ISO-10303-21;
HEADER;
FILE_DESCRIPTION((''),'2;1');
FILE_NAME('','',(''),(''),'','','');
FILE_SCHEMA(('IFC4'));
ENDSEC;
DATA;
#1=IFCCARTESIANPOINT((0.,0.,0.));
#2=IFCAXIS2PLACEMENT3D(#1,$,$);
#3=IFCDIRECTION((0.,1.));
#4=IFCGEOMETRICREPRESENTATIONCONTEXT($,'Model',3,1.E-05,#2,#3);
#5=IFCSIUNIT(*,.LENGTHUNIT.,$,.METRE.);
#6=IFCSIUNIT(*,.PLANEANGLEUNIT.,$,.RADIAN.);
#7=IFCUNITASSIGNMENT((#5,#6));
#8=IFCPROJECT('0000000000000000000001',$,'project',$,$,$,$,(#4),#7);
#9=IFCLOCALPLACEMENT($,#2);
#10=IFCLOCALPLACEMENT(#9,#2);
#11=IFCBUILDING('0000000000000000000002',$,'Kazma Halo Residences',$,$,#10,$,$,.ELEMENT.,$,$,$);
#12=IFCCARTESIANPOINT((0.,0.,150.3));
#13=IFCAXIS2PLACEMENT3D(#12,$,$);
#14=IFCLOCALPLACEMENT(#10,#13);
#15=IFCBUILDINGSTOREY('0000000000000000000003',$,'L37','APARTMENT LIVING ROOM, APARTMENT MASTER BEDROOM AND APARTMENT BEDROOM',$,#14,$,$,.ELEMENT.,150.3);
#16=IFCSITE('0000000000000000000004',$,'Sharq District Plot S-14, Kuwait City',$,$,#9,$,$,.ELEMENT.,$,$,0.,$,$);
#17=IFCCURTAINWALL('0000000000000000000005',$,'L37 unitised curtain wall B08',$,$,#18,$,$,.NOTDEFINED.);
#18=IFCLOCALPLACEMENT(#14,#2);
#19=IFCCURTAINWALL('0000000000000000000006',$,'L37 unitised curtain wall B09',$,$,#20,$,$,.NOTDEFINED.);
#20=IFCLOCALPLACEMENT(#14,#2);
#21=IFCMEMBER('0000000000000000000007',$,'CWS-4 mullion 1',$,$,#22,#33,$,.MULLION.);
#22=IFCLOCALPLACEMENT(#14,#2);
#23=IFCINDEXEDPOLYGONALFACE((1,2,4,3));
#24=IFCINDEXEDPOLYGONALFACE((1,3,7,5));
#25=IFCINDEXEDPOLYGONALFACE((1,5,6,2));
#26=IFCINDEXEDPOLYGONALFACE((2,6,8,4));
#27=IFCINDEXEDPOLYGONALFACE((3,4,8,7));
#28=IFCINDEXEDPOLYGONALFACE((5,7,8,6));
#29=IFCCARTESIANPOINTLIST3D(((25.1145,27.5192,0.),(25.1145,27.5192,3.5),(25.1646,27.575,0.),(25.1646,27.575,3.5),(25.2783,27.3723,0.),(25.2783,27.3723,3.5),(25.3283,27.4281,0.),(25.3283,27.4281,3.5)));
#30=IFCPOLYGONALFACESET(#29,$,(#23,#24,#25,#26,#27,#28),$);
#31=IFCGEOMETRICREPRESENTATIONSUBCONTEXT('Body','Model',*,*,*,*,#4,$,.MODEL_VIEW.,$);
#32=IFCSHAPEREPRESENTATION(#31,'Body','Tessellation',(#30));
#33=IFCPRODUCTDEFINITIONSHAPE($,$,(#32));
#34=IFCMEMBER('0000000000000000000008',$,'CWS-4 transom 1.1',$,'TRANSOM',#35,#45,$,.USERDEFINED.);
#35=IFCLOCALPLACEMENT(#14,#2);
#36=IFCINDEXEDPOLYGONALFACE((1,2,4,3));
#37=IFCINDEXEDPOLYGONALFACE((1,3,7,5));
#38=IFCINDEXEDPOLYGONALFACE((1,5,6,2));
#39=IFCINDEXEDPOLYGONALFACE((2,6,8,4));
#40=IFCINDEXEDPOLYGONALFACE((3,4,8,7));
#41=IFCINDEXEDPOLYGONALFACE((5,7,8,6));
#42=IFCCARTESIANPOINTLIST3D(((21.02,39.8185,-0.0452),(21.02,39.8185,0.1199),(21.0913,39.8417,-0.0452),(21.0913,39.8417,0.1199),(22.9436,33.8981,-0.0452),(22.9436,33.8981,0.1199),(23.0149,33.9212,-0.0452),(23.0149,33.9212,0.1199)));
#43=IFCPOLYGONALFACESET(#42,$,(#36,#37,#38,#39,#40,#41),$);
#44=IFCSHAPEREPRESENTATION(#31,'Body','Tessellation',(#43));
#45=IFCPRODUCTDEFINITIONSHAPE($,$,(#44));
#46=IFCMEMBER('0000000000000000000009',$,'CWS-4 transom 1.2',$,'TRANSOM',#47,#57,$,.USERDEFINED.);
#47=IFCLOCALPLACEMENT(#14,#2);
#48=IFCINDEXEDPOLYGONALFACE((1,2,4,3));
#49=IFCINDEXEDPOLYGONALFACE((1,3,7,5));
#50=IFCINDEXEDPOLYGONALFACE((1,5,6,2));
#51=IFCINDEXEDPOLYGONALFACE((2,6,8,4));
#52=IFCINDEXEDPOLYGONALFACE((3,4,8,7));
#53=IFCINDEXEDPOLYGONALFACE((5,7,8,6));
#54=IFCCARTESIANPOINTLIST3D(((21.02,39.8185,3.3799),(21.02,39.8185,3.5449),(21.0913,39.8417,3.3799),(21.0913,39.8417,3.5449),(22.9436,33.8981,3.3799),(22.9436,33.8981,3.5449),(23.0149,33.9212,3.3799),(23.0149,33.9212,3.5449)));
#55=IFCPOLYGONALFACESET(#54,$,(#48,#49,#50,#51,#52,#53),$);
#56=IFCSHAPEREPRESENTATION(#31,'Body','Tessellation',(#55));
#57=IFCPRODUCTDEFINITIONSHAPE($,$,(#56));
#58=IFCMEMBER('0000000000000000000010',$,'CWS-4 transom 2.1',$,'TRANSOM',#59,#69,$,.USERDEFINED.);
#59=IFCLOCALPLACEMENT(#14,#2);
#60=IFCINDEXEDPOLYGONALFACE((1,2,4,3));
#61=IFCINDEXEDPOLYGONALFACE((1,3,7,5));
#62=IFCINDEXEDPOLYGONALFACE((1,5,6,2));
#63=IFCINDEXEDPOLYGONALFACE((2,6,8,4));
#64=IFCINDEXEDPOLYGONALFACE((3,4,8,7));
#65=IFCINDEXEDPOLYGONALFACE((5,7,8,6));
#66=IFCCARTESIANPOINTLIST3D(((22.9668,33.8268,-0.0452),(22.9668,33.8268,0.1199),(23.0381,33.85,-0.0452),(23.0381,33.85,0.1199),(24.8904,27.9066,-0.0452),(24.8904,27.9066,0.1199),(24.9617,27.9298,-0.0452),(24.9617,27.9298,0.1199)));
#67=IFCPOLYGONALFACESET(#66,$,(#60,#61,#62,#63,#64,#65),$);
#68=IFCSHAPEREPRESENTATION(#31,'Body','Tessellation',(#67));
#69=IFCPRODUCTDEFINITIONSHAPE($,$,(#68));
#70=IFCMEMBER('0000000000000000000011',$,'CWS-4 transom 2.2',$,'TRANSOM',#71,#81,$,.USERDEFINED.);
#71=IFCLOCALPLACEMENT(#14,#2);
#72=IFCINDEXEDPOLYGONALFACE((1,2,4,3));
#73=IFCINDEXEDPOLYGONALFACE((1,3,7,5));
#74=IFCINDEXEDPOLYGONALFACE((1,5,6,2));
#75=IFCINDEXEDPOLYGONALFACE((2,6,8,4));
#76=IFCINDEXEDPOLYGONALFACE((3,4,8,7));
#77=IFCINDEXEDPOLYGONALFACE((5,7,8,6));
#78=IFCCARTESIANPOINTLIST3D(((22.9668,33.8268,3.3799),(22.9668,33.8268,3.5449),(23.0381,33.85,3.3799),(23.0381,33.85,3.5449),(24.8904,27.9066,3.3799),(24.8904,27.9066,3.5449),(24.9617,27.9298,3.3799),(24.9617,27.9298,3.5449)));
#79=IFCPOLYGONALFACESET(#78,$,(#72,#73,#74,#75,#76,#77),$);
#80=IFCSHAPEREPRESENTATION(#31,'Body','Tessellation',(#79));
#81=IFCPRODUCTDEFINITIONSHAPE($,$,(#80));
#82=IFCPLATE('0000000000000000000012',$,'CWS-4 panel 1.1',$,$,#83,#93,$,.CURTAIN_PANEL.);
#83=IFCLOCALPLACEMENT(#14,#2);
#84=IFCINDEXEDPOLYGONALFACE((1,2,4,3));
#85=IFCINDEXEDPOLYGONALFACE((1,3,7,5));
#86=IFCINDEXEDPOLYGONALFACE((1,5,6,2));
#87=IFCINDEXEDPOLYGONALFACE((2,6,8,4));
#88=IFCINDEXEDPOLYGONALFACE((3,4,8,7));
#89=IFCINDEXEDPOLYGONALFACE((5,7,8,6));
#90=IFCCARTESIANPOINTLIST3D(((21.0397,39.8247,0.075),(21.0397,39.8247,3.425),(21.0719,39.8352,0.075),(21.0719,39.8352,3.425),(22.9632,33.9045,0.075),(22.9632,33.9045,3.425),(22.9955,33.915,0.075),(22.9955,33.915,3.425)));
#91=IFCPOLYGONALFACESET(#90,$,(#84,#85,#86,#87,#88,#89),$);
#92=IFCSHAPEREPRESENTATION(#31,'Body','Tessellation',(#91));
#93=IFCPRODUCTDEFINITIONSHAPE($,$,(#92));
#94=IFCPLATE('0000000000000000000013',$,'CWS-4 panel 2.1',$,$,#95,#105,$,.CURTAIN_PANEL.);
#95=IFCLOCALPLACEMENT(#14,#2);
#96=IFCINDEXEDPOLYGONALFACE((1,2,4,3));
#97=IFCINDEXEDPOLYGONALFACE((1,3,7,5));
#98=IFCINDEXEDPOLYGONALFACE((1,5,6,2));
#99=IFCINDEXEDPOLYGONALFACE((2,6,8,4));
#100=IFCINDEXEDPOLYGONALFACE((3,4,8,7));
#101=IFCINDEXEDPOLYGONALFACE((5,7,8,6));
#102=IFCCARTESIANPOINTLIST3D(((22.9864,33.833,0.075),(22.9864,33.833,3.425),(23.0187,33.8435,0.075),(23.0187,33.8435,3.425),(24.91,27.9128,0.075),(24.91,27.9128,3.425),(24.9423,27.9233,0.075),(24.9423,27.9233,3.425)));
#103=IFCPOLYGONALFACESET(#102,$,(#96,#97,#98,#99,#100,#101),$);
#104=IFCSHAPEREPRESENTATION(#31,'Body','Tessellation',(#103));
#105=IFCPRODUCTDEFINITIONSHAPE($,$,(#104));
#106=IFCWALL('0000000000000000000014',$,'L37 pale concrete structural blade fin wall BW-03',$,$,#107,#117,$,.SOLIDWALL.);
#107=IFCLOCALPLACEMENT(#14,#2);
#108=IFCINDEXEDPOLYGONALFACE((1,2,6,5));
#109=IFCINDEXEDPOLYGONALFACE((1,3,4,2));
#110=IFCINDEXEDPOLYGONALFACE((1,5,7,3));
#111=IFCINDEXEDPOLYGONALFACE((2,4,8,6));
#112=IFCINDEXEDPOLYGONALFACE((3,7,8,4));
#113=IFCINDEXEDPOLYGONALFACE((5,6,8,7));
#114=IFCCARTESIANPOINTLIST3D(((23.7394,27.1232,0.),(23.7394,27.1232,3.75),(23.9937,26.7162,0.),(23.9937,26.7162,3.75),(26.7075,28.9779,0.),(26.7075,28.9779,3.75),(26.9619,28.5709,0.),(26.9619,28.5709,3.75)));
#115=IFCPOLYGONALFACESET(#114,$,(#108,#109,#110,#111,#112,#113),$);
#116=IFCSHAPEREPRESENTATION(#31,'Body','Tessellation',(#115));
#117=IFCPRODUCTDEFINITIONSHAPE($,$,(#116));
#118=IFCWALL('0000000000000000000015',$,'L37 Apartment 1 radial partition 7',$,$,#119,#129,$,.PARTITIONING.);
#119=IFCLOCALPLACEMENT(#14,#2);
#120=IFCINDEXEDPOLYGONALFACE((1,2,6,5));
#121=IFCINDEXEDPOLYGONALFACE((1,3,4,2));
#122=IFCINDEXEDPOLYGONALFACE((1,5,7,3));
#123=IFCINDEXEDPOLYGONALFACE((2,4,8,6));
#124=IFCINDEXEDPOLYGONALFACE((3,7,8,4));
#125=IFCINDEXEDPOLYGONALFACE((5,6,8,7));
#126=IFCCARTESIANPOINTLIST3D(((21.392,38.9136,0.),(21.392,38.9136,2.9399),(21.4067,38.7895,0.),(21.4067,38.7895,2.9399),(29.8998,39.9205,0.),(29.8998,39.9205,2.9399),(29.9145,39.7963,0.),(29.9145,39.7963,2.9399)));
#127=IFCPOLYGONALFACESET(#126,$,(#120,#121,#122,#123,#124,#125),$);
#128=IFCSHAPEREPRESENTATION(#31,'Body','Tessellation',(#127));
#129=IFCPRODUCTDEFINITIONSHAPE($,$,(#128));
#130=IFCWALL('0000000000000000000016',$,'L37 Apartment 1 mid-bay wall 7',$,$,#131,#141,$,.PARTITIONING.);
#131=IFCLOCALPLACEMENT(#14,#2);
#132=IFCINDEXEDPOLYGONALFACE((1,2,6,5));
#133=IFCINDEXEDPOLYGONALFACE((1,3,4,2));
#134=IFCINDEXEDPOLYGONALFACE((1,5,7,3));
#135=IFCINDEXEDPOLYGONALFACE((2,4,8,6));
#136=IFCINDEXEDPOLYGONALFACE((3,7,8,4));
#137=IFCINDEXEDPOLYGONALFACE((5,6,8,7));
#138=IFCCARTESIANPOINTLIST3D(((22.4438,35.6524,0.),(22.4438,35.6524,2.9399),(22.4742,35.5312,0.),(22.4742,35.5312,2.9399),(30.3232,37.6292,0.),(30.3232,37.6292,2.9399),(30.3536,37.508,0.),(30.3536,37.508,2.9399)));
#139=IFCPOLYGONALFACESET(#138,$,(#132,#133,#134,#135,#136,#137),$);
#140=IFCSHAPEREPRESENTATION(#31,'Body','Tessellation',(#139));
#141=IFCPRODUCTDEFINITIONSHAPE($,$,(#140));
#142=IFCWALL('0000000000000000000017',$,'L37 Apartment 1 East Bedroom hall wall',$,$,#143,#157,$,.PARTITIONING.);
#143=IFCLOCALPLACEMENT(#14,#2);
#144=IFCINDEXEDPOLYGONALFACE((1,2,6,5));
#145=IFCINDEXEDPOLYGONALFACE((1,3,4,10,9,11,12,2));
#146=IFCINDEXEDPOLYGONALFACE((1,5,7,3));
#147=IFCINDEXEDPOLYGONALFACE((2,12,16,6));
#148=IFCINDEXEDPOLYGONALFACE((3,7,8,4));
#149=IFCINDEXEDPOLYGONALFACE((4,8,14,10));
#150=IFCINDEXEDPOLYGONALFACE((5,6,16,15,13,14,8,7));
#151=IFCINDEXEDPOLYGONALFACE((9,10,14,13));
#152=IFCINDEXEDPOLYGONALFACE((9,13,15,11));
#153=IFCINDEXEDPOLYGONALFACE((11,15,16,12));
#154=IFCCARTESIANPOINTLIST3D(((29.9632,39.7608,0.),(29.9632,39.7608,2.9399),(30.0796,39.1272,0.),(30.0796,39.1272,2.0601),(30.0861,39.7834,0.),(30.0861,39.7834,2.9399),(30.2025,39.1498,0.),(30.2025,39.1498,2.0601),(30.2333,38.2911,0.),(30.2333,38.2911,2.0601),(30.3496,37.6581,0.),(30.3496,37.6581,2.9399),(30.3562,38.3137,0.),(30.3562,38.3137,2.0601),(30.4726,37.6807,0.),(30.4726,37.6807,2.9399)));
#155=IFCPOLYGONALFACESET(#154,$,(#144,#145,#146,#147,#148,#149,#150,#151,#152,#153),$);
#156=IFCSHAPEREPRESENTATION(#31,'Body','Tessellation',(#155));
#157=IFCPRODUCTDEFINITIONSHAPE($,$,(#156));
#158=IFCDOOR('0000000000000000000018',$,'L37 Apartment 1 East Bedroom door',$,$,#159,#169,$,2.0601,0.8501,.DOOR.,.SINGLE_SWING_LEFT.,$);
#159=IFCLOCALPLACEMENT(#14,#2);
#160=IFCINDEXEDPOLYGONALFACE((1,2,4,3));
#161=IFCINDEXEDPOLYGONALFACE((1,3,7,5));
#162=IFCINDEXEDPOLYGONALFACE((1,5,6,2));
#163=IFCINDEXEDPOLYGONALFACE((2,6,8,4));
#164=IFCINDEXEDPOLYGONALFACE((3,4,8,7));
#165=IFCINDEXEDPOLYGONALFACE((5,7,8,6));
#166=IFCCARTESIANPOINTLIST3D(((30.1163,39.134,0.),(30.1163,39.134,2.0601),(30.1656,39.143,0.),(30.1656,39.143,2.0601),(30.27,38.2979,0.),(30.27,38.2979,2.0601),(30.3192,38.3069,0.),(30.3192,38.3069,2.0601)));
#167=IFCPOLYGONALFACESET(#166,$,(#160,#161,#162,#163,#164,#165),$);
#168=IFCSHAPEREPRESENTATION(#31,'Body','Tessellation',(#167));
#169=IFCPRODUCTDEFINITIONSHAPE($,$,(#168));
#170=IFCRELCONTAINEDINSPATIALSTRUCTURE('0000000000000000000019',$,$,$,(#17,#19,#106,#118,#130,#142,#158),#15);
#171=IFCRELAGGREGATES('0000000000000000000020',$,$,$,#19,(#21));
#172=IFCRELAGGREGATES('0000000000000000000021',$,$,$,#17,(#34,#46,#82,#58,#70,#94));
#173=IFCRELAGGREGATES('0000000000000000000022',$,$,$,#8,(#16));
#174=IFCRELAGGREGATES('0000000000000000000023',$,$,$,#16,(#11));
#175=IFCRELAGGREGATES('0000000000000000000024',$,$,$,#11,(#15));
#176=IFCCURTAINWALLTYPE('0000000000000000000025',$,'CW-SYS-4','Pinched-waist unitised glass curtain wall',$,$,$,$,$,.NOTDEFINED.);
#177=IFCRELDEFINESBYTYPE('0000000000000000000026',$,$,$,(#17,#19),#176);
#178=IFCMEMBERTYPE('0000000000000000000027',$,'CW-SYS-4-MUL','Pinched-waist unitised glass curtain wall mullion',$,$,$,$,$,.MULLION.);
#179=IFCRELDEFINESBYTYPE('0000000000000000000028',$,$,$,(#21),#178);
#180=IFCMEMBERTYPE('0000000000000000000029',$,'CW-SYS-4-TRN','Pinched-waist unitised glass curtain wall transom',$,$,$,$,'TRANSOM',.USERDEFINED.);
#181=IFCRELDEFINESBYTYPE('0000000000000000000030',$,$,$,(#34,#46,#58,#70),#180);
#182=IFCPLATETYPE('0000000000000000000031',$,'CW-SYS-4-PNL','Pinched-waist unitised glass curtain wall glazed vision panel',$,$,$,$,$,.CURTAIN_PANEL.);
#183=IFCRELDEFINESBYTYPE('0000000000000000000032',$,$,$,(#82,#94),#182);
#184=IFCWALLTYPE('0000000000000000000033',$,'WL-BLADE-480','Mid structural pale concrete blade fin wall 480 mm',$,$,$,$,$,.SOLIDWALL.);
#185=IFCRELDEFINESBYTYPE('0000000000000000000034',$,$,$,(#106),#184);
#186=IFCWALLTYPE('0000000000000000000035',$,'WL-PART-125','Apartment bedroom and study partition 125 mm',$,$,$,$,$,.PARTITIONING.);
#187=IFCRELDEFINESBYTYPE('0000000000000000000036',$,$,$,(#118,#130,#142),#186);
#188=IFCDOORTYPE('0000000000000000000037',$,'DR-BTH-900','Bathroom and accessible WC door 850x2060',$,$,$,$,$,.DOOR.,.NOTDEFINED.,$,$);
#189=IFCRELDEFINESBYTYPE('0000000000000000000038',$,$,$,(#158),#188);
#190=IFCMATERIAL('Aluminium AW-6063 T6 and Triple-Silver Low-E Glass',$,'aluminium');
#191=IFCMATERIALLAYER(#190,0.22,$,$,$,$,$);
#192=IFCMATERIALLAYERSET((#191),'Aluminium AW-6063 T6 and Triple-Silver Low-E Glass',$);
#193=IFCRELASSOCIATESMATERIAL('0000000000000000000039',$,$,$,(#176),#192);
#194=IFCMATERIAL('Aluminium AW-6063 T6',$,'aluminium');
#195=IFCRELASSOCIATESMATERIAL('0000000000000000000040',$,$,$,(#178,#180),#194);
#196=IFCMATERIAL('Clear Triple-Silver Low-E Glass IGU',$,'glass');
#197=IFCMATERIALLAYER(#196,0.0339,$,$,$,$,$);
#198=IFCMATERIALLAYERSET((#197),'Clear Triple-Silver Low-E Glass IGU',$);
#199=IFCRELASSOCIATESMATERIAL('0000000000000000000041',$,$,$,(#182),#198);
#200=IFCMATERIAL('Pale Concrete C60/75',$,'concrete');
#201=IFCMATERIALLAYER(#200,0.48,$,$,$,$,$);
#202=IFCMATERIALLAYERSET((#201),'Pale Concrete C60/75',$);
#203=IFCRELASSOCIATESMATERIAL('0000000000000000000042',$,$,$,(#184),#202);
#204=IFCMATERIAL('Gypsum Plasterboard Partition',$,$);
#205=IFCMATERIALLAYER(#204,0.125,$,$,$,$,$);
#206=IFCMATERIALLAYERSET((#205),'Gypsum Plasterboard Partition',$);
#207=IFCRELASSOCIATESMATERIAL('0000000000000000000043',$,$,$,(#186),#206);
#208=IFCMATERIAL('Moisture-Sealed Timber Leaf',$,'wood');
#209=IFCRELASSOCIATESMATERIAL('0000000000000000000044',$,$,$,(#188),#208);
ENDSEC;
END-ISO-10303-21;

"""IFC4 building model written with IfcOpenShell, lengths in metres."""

from ifc_helpers import new_model, si_unit, direction, frame, frame_2d, origin, origin_2d, place, context, subcontext, project, spatial, rectangle, extrude, material, layer, layer_set, material_profile, profile_set, type_object, element, fill, aggregate, save


model = new_model("IFC4")

# Units and contexts
model_context = context("Model", 3, precision=1e-05, world=origin(), true_north=direction((0.0, 1.0)))
body_context = subcontext(model_context, "Body", "Model", "MODEL_VIEW")
ifc_project = project(units=[si_unit("LENGTHUNIT", "METRE"), si_unit("PLANEANGLEUNIT", "RADIAN")], contexts=[model_context])

# Site, building, storey
site_placement = place(None, origin())
site = spatial("IfcSite", under=ifc_project, at=site_placement, Name="Sharq District Plot S-14, Kuwait City", CompositionType="ELEMENT", RefElevation=0.0)
building_placement = place(site_placement, origin())
building = spatial("IfcBuilding", under=site, at=building_placement, Name="Kazma Halo Residences", CompositionType="ELEMENT")
storey_placement = place(building_placement, frame((0.0, 0.0, 150.3)))
storey = spatial("IfcBuildingStorey", under=building, at=storey_placement, Name="L37", Description="APARTMENT LIVING ROOM, APARTMENT MASTER BEDROOM AND APARTMENT BEDROOM", CompositionType="ELEMENT", Elevation=150.3)

# Curtain wall
ifc_material_1 = material(Name="Aluminium AW-6063 T6 and Triple-Silver Low-E Glass", Category="aluminium")
ifc_layer_1 = layer(ifc_material_1, 0.22)
ifc_layer_set_1 = layer_set([ifc_layer_1], Name="Aluminium AW-6063 T6 and Triple-Silver Low-E Glass")
curtain_wall_type = type_object("IfcCurtainWallType", Name="CW-SYS-4", Description="Pinched-waist unitised glass curtain wall", PredefinedType="NOTDEFINED", material=ifc_layer_set_1)
curtain_wall_1_placement = place(storey_placement, origin())
curtain_wall_1 = element("IfcCurtainWall", 1, at=curtain_wall_1_placement, inside=storey, type_object=curtain_wall_type, Name="L37 unitised curtain wall B08", PredefinedType="NOTDEFINED")
ifc_material_2 = material(Name="Aluminium AW-6063 T6", Category="aluminium")
ifc_material_profile_1 = material_profile(ifc_material_2, rectangle(XDim=0.075, YDim=0.22, at=origin_2d()), Name="CWM-75x220")
ifc_profile_set_1 = profile_set([ifc_material_profile_1], Name="Aluminium AW-6063 T6")
member_type_1 = type_object("IfcMemberType", Name="CW-SYS-4-MUL", Description="Pinched-waist unitised glass curtain wall mullion", PredefinedType="MULLION", material=ifc_profile_set_1)

# Curtain wall, member
curtain_wall_2_placement = place(storey_placement, origin())
curtain_wall_2 = element("IfcCurtainWall", 2, at=curtain_wall_2_placement, inside=storey, type_object=curtain_wall_type, Name="L37 unitised curtain wall B09", PredefinedType="NOTDEFINED")
member_1_placement = place(storey_placement, frame((25.2214, 27.4736, 0.0), z_axis=(0.0, 0.0, 1.0), x_axis=(0.66777, 0.744368, 0.0)))
member_1 = element("IfcMember", 3, at=member_1_placement, type_object=member_type_1, Name="CWS-4 mullion 1", PredefinedType="MULLION", context=body_context, shape_type="SweptSolid", body=[
    extrude(rectangle(XDim=0.075, YDim=0.22, at=origin_2d()), origin(), (0.0, 0.0, 1.0), 3.5),
])
aggregate(curtain_wall_2, [member_1])

# Members
ifc_material_profile_2 = material_profile(ifc_material_2, rectangle(XDim=0.075, YDim=0.165, at=origin_2d()), Name="CWT-75x165")
ifc_profile_set_2 = profile_set([ifc_material_profile_2], Name="Aluminium AW-6063 T6")
member_type_2 = type_object("IfcMemberType", Name="CW-SYS-4-TRN", Description="Pinched-waist unitised glass curtain wall transom", ElementType="TRANSOM", PredefinedType="USERDEFINED", material=ifc_profile_set_2)
member_2_placement = place(storey_placement, frame((21.0557, 39.8301, 0.0374), z_axis=(0.309006, -0.95106, 0.0), x_axis=(0.95106, 0.309006, 0.0)))
member_2 = element("IfcMember", 4, at=member_2_placement, type_object=member_type_2, Name="CWS-4 transom 1.1", ObjectType="TRANSOM", PredefinedType="USERDEFINED", context=body_context, shape_type="SweptSolid", body=[
    extrude(rectangle(XDim=0.075, YDim=0.165, at=origin_2d()), origin(), (0.0, 0.0, 1.0), 6.2251),
])
member_3_placement = place(storey_placement, frame((21.0557, 39.8301, 3.4624), z_axis=(0.309006, -0.95106, 0.0), x_axis=(0.95106, 0.309006, 0.0)))
member_3 = element("IfcMember", 5, at=member_3_placement, type_object=member_type_2, Name="CWS-4 transom 1.2", ObjectType="TRANSOM", PredefinedType="USERDEFINED", context=body_context, shape_type="SweptSolid", body=[
    extrude(rectangle(XDim=0.075, YDim=0.165, at=origin_2d()), origin(), (0.0, 0.0, 1.0), 6.2251),
])
member_4_placement = place(storey_placement, frame((23.0024, 33.8384, 0.0374), z_axis=(0.309018, -0.951056, 0.0), x_axis=(0.951056, 0.309018, 0.0)))
member_4 = element("IfcMember", 6, at=member_4_placement, type_object=member_type_2, Name="CWS-4 transom 2.1", ObjectType="TRANSOM", PredefinedType="USERDEFINED", context=body_context, shape_type="SweptSolid", body=[
    extrude(rectangle(XDim=0.075, YDim=0.165, at=origin_2d()), origin(), (0.0, 0.0, 1.0), 6.2249),
])
member_5_placement = place(storey_placement, frame((23.0024, 33.8384, 3.4624), z_axis=(0.309018, -0.951056, 0.0), x_axis=(0.951056, 0.309018, 0.0)))
member_5 = element("IfcMember", 7, at=member_5_placement, type_object=member_type_2, Name="CWS-4 transom 2.2", ObjectType="TRANSOM", PredefinedType="USERDEFINED", context=body_context, shape_type="SweptSolid", body=[
    extrude(rectangle(XDim=0.075, YDim=0.165, at=origin_2d()), origin(), (0.0, 0.0, 1.0), 6.2249),
])

# Plates
ifc_material_3 = material(Name="Clear Triple-Silver Low-E Glass IGU", Category="glass")
ifc_layer_2 = layer(ifc_material_3, 0.0339)
ifc_layer_set_2 = layer_set([ifc_layer_2], Name="Clear Triple-Silver Low-E Glass IGU")
plate_type = type_object("IfcPlateType", Name="CW-SYS-4-PNL", Description="Pinched-waist unitised glass curtain wall glazed vision panel", PredefinedType="CURTAIN_PANEL", material=ifc_layer_set_2)
plate_1_placement = place(storey_placement, frame((22.0176, 36.8699, 0.075), z_axis=(0.0, 0.0, 1.0), x_axis=(0.309014, -0.951058, 0.0)))
plate_1 = element("IfcPlate", 8, at=plate_1_placement, type_object=plate_type, Name="CWS-4 panel 1.1", PredefinedType="CURTAIN_PANEL", context=body_context, shape_type="SweptSolid", body=[
    extrude(rectangle(XDim=6.2249, YDim=0.0339, at=origin_2d()), origin(), (0.0, 0.0, 1.0), 3.3501),
])
plate_2_placement = place(storey_placement, frame((23.9644, 30.8782, 0.075), z_axis=(0.0, 0.0, 1.0), x_axis=(0.309014, -0.951058, 0.0)))
plate_2 = element("IfcPlate", 9, at=plate_2_placement, type_object=plate_type, Name="CWS-4 panel 2.1", PredefinedType="CURTAIN_PANEL", context=body_context, shape_type="SweptSolid", body=[
    extrude(rectangle(XDim=6.2249, YDim=0.0339, at=origin_2d()), origin(), (0.0, 0.0, 1.0), 3.3501),
])
aggregate(curtain_wall_1, [member_2, member_3, plate_1, member_4, member_5, plate_2])

# Walls
ifc_material_4 = material(Name="Pale Concrete C60/75", Category="concrete")
ifc_layer_3 = layer(ifc_material_4, 0.48)
ifc_layer_set_3 = layer_set([ifc_layer_3], Name="Pale Concrete C60/75")
wall_type_1 = type_object("IfcWallType", Name="WL-BLADE-480", Description="Mid structural pale concrete blade fin wall 480 mm", PredefinedType="SOLIDWALL", material=ifc_layer_set_3)
wall_1_placement = place(storey_placement, frame((26.8347, 28.7744, 0.0), z_axis=(0.0, 0.0, 1.0), x_axis=(-0.848053, -0.529911, 0.0)))
element("IfcWall", 10, at=wall_1_placement, inside=storey, type_object=wall_type_1, Name="L37 pale concrete structural blade fin wall BW-03", PredefinedType="SOLIDWALL", context=body_context, shape_type="SweptSolid", body=[
    extrude(rectangle(XDim=3.5, YDim=0.48, at=frame_2d((1.75, 0.0))), origin(), (0.0, 0.0, 1.0), 3.75),
])
ifc_material_5 = material(Name="Gypsum Plasterboard Partition")
ifc_layer_4 = layer(ifc_material_5, 0.125)
ifc_layer_set_4 = layer_set([ifc_layer_4], Name="Gypsum Plasterboard Partition")
wall_type_2 = type_object("IfcWallType", Name="WL-PART-125", Description="Apartment bedroom and study partition 125 mm", PredefinedType="PARTITIONING", material=ifc_layer_set_4)
wall_2_placement = place(storey_placement, frame((29.9072, 39.8584, 0.0), z_axis=(0.0, 0.0, 1.0), x_axis=(-0.99307, -0.117522, 0.0)))
element("IfcWall", 11, at=wall_2_placement, inside=storey, type_object=wall_type_2, Name="L37 Apartment 1 radial partition 7", PredefinedType="PARTITIONING", context=body_context, shape_type="SweptSolid", body=[
    extrude(rectangle(XDim=8.5671, YDim=0.125, at=frame_2d((4.2837, 0.0))), origin(), (0.0, 0.0, 1.0), 2.9399),
])
wall_3_placement = place(storey_placement, frame((30.3384, 37.5686, 0.0), z_axis=(0.0, 0.0, 1.0), x_axis=(-0.969941, -0.243342, 0.0)))
element("IfcWall", 12, at=wall_3_placement, inside=storey, type_object=wall_type_2, Name="L37 Apartment 1 mid-bay wall 7", PredefinedType="PARTITIONING", context=body_context, shape_type="SweptSolid", body=[
    extrude(rectangle(XDim=8.1235, YDim=0.125, at=frame_2d((4.0618, 0.0))), origin(), (0.0, 0.0, 1.0), 2.9399),
])

# Wall, opening, door
wall_4_placement = place(storey_placement, frame((30.0247, 39.772, 0.0), z_axis=(0.0, 0.0, 1.0), x_axis=(0.180764, -0.983526, 0.0)))
wall_4 = element("IfcWall", 13, at=wall_4_placement, inside=storey, type_object=wall_type_2, Name="L37 Apartment 1 East Bedroom hall wall", PredefinedType="PARTITIONING", context=body_context, shape_type="SweptSolid", body=[
    extrude(rectangle(XDim=2.1379, YDim=0.125, at=frame_2d((1.0688, 0.0))), origin(), (0.0, 0.0, 1.0), 2.9399),
])
opening_1_placement = place(wall_4_placement, frame((0.644, 0.0, 0.0)))
opening_1 = element("IfcOpeningElement", 14, at=opening_1_placement, cuts=wall_4, PredefinedType="OPENING", context=body_context, shape_type="SweptSolid", body=[
    extrude(rectangle(XDim=0.8501, YDim=2.0601, at=frame_2d((0.425, 1.03))), frame((0.0, 0.0725, 0.0), z_axis=(0.0, -1.0, 0.0), x_axis=(1.0, 0.0, 0.0)), (0.0, 0.0, 1.0), 0.145),
])
ifc_material_6 = material(Name="Moisture-Sealed Timber Leaf", Category="wood")
door_type_1 = type_object("IfcDoorType", Name="DR-BTH-900", Description="Bathroom and accessible WC door 850x2060", OperationType="NOTDEFINED", PredefinedType="DOOR", material=ifc_material_6)
door_1_placement = place(opening_1_placement, origin())
door_1 = element("IfcDoor", 15, at=door_1_placement, inside=storey, type_object=door_type_1, Name="L37 Apartment 1 East Bedroom door", OperationType="SINGLE_SWING_LEFT", OverallHeight=2.0601, OverallWidth=0.8501, PredefinedType="DOOR", context=body_context, shape_type="SweptSolid", body=[
    extrude(rectangle(XDim=0.8501, YDim=2.0601, at=frame_2d((0.425, 1.03))), frame((0.0, 0.0249, 0.0), z_axis=(0.0, -1.0, 0.0), x_axis=(1.0, 0.0, 0.0)), (0.0, 0.0, 1.0), 0.05),
])
fill(opening_1, door_1)

save(model, "model.ifc")
